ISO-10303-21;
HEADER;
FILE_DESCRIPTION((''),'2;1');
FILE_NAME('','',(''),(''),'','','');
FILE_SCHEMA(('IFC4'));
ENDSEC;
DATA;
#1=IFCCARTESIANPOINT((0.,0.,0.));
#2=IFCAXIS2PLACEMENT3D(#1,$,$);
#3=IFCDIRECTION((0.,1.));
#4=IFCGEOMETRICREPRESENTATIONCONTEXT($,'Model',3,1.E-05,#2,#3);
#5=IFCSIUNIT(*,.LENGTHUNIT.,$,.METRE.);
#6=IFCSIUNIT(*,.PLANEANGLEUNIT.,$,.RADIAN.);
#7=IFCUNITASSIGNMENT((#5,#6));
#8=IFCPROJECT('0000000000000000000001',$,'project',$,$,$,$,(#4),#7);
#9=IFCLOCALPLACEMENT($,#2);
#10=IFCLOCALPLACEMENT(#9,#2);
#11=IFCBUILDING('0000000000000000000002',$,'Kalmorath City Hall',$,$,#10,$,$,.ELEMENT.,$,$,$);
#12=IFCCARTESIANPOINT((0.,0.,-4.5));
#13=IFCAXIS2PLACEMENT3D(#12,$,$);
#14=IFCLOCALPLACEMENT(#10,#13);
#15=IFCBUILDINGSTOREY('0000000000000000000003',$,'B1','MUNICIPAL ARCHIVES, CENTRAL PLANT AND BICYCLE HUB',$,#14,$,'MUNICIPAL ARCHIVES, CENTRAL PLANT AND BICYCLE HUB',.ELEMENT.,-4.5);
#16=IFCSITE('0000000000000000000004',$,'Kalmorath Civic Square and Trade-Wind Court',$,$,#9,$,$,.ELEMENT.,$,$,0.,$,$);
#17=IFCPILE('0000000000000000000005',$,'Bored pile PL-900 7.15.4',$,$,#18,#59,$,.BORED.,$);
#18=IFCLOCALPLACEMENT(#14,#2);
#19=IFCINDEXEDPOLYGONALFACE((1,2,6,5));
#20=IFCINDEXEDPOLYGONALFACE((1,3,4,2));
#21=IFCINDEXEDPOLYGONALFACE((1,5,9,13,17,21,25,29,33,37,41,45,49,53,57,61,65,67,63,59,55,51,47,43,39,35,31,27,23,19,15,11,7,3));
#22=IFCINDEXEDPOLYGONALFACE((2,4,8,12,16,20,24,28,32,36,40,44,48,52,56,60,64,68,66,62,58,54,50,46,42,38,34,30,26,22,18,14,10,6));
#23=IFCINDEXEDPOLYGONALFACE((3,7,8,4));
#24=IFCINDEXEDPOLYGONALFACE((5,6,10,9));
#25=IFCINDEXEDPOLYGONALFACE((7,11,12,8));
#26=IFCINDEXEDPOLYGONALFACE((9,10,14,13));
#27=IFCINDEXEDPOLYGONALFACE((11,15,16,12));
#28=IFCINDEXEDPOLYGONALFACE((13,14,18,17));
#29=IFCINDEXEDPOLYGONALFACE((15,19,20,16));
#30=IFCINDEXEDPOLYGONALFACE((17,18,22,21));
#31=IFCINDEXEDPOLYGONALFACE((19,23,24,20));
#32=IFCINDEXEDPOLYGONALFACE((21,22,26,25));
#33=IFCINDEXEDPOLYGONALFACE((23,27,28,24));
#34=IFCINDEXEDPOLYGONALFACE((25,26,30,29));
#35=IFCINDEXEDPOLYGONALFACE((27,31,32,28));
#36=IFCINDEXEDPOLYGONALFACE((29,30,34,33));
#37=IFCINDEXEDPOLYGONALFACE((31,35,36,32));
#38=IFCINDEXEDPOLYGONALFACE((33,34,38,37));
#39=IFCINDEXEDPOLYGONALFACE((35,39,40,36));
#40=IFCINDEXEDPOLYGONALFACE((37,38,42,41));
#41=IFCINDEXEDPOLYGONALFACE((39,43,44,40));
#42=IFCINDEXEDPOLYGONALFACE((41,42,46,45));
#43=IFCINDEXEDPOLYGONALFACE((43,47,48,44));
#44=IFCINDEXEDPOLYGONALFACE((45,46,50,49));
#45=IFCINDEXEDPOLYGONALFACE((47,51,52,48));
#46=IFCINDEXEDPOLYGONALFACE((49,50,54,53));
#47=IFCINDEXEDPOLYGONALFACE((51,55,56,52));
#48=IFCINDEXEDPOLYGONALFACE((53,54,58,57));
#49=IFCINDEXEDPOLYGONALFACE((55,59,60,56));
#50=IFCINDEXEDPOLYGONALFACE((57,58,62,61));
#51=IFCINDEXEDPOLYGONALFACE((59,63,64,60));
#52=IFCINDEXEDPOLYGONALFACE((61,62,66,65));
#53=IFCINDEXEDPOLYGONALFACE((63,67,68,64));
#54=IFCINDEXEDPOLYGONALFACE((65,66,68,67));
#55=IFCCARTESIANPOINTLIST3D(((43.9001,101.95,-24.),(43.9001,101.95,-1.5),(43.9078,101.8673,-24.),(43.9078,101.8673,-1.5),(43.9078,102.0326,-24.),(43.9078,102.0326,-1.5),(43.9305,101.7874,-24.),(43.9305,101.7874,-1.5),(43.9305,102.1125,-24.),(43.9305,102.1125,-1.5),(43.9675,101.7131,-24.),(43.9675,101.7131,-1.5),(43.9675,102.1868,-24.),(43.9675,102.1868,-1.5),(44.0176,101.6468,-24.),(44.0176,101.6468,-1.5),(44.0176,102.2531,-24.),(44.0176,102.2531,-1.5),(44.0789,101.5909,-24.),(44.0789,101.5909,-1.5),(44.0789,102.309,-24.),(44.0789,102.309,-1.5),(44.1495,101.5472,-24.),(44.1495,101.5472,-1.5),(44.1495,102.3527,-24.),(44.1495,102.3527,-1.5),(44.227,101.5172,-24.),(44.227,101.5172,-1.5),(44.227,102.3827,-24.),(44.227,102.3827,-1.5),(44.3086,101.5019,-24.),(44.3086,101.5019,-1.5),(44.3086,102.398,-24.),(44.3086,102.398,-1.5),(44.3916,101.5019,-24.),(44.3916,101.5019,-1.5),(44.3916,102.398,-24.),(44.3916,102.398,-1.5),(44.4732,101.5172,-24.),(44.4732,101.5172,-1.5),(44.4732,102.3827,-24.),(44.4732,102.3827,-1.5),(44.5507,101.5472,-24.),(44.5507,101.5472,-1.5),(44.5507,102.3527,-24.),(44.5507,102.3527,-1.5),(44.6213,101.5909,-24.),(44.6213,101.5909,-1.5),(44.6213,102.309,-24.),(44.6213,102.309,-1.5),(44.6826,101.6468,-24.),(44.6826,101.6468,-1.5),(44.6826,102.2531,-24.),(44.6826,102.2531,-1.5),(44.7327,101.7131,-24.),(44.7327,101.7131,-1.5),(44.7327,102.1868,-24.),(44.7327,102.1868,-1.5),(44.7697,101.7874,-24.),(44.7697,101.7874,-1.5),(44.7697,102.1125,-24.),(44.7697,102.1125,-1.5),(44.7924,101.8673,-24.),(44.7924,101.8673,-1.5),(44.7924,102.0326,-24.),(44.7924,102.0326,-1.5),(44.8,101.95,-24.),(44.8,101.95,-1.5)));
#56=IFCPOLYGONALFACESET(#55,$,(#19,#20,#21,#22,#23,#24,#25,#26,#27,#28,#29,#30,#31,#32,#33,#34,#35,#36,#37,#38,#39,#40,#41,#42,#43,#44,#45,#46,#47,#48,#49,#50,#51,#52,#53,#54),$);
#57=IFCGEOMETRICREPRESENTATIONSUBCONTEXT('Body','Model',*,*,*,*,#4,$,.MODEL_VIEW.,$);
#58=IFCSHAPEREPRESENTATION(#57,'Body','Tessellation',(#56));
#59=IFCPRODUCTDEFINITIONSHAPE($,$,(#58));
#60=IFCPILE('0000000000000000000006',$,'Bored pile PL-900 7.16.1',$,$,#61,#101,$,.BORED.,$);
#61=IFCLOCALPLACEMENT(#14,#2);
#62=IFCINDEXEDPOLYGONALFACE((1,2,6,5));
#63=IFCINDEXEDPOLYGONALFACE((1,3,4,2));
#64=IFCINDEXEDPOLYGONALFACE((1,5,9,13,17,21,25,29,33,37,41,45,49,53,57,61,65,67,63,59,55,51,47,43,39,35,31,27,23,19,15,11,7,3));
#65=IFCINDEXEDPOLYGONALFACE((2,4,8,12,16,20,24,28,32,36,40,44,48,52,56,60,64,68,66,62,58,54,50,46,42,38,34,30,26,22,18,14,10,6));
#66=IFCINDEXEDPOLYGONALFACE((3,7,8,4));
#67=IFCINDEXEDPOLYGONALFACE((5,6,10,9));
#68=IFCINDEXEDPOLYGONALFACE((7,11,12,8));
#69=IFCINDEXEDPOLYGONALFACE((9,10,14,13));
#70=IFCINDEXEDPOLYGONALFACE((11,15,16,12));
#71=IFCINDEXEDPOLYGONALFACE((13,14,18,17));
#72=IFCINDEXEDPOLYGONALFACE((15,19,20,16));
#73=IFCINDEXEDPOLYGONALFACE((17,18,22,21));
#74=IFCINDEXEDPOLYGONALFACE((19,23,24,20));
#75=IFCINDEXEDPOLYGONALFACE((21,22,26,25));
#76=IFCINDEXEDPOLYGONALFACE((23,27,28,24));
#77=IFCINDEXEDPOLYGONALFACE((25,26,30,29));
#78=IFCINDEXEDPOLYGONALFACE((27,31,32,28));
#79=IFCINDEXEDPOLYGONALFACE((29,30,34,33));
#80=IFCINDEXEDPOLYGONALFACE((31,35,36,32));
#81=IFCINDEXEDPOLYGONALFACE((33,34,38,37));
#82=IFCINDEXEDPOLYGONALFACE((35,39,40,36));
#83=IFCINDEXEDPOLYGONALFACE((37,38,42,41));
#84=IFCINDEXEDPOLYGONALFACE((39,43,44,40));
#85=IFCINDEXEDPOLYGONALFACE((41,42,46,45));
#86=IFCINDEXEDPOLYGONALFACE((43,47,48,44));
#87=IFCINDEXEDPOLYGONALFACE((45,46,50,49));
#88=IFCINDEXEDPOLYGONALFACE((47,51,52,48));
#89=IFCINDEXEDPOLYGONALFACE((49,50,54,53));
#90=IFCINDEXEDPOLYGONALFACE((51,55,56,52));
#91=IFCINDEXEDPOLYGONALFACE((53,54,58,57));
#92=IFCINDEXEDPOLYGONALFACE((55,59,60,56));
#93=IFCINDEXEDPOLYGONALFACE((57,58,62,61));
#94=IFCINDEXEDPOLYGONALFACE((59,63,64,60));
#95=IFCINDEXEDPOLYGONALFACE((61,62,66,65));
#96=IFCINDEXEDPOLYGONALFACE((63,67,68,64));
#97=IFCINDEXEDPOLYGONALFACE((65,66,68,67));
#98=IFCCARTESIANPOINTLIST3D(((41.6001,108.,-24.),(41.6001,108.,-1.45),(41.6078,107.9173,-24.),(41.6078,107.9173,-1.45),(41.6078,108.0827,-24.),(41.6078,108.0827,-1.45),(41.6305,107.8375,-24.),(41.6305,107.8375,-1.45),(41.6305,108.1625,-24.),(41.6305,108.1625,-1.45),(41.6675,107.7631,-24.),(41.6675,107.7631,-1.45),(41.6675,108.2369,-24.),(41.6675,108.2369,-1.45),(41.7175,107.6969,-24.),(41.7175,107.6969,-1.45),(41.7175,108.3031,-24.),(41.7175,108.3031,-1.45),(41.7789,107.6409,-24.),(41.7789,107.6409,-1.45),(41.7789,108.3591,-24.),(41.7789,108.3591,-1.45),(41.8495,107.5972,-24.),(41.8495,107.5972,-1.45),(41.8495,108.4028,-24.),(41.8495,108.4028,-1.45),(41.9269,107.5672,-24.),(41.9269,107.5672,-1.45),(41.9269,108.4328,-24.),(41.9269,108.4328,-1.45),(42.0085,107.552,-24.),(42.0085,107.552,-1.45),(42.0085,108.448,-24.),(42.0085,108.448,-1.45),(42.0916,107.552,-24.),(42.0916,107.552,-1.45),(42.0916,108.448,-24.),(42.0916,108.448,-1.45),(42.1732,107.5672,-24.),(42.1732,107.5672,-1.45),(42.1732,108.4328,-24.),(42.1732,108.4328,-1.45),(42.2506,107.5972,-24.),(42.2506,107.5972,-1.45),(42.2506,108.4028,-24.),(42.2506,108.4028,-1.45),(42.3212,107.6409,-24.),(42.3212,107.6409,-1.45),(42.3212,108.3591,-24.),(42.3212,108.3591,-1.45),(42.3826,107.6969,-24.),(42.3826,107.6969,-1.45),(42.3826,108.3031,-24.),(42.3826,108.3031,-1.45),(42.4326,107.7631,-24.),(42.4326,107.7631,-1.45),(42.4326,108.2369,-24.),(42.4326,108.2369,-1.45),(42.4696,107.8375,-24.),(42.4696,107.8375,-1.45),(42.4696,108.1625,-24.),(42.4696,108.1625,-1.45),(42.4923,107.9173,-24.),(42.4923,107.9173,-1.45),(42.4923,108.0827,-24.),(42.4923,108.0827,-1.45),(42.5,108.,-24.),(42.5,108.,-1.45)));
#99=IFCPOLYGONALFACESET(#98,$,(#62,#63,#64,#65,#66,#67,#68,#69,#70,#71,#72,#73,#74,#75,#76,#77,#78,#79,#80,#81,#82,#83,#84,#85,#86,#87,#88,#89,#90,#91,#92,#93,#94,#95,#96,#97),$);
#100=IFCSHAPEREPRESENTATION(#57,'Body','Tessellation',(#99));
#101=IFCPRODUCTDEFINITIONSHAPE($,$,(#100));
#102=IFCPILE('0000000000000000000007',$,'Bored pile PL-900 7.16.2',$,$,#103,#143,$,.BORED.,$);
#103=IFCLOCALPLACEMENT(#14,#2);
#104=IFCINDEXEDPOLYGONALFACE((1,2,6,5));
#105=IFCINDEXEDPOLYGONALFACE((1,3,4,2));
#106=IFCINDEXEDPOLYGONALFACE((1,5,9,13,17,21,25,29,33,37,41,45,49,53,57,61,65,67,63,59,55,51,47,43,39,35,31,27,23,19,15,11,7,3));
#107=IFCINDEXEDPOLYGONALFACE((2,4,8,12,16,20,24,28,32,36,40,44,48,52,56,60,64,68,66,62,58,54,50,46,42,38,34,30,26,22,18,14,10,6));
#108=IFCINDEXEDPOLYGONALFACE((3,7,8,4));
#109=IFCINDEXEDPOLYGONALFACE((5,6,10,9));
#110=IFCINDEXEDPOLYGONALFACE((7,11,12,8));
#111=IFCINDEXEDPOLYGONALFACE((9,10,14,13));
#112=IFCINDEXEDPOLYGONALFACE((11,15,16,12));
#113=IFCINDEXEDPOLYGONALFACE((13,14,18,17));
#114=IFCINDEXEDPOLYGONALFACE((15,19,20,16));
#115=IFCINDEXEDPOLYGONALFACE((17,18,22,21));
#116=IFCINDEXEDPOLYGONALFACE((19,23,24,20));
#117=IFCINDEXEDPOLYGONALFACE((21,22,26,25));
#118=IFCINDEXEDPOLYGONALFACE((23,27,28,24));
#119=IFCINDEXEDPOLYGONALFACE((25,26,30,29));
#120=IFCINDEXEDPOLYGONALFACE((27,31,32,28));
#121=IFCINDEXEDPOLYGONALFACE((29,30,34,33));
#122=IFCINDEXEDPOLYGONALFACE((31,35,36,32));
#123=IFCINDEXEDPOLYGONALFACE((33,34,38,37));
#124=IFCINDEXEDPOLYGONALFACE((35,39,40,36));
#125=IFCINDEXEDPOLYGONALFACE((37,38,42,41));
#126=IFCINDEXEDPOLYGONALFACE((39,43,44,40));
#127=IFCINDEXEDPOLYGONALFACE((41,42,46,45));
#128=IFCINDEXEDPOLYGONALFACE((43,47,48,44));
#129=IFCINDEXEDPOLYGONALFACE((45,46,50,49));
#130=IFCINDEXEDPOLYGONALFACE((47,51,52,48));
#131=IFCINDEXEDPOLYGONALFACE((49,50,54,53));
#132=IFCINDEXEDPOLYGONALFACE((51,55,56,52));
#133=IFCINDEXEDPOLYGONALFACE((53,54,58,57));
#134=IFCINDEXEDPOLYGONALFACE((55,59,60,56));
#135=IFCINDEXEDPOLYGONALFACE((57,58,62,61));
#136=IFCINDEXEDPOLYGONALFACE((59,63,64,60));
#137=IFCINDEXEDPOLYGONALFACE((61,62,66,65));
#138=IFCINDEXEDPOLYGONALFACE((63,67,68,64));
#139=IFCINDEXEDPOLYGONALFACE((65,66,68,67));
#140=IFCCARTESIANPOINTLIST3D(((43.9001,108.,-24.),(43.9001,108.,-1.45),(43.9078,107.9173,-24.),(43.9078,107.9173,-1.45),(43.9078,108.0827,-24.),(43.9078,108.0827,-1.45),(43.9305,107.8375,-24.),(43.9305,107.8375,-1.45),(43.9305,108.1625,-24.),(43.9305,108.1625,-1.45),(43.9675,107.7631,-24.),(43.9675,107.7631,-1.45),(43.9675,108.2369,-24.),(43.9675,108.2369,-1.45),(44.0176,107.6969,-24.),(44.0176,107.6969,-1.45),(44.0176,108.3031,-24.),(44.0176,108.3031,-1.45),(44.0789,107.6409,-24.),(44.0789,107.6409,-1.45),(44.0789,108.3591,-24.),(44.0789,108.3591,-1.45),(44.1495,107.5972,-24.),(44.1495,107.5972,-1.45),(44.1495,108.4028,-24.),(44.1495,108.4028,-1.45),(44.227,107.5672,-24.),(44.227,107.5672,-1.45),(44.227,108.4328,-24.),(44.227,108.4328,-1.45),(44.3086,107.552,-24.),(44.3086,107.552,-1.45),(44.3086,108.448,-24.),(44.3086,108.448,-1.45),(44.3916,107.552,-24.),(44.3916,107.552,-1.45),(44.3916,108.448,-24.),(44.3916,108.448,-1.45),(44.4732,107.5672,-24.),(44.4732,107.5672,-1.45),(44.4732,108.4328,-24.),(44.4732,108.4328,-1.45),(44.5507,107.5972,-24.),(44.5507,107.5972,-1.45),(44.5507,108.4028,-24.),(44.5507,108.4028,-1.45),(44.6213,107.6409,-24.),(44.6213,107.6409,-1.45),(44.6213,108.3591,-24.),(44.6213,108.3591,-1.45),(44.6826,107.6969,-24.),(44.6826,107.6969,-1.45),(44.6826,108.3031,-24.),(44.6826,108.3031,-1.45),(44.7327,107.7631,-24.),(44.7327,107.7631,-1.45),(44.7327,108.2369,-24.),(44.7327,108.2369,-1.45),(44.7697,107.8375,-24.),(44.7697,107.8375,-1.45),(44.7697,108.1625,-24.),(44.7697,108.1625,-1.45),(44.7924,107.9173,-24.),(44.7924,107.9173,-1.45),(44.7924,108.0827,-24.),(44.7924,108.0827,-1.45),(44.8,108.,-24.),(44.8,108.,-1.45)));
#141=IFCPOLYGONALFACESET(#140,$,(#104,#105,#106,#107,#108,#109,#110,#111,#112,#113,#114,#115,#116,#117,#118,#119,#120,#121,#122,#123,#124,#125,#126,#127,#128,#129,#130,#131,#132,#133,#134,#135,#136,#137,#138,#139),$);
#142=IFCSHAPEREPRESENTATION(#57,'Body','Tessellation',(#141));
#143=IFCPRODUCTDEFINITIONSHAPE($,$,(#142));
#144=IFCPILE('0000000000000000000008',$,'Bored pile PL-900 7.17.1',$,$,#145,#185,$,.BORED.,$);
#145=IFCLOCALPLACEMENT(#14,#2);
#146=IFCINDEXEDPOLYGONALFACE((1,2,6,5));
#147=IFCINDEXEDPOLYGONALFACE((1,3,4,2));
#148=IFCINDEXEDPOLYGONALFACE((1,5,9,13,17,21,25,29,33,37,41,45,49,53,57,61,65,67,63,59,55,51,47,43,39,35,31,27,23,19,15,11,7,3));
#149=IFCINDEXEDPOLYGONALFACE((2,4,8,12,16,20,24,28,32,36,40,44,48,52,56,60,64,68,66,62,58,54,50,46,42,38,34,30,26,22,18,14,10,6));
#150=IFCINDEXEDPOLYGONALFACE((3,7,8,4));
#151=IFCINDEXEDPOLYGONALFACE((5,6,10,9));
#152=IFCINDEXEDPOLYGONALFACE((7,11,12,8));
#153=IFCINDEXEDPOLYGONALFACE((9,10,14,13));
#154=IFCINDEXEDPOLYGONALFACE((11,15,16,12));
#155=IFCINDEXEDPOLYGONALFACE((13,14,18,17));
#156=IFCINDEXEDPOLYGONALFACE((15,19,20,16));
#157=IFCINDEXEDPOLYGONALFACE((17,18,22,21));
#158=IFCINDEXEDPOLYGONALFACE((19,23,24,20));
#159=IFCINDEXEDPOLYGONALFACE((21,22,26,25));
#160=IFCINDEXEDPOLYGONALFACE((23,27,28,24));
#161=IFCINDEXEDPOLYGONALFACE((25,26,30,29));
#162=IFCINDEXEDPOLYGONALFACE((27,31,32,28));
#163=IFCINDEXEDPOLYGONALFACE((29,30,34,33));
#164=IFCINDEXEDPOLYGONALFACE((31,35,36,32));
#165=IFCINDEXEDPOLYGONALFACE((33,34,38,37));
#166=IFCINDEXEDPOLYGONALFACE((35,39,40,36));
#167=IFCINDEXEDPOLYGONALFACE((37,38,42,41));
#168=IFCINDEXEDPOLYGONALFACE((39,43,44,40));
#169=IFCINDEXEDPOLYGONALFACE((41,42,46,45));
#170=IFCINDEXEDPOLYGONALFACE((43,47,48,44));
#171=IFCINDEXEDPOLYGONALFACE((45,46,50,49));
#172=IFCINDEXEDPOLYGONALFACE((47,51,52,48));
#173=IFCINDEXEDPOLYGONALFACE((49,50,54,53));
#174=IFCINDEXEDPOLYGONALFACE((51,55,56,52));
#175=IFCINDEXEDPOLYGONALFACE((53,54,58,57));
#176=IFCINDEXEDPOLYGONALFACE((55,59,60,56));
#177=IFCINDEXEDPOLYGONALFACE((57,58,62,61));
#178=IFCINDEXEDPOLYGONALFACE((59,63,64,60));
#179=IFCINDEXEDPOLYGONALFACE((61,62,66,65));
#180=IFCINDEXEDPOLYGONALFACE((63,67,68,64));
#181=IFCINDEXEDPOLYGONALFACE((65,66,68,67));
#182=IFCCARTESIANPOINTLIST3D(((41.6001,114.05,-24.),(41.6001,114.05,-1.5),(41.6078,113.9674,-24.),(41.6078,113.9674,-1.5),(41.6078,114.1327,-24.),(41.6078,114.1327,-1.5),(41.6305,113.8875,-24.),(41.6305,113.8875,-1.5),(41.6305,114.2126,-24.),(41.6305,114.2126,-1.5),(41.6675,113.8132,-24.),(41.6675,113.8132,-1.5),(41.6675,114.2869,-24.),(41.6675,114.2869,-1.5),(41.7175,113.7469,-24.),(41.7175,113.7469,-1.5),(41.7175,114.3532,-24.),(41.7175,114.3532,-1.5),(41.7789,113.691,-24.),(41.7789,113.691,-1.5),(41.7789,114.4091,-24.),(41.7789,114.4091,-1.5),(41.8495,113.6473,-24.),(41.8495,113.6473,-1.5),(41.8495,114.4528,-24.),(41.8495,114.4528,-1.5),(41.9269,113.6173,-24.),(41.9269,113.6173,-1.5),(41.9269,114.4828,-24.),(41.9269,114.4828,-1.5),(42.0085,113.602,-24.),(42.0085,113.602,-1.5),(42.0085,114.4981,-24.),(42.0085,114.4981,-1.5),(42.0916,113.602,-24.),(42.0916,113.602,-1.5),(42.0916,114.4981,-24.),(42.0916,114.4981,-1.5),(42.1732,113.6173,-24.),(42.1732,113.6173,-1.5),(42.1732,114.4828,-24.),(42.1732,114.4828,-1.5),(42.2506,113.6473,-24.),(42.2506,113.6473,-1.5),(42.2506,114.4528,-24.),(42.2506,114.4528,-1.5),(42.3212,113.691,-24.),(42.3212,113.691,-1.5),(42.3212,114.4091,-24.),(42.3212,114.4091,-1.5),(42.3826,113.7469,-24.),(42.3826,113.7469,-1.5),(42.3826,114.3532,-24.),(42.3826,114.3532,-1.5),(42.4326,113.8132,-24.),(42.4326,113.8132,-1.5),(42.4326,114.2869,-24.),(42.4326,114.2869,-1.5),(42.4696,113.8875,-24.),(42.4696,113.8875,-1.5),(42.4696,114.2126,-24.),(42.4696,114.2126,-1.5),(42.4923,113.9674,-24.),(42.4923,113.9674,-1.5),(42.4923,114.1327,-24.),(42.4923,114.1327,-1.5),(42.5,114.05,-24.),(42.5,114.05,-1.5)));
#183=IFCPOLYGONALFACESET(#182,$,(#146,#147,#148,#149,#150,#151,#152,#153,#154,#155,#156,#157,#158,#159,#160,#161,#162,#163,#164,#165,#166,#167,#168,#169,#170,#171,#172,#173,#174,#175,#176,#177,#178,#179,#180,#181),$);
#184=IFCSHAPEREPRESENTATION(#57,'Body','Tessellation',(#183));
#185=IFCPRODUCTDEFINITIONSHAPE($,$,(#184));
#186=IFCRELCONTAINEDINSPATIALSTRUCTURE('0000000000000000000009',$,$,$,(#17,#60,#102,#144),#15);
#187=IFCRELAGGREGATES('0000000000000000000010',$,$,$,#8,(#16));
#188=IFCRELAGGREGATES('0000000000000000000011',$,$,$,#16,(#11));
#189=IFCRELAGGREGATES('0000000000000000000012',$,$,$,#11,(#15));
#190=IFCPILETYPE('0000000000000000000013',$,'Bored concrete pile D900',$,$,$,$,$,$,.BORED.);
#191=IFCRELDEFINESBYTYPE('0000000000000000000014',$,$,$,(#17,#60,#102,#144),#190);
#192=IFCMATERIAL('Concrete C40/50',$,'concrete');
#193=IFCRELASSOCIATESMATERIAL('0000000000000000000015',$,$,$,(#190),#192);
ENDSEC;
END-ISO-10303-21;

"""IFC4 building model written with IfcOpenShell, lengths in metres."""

from ifc_helpers import new_model, si_unit, direction, frame, origin, origin_2d, place, context, subcontext, project, spatial, circle, extrude, material, material_profile, profile_set, type_object, element, save


model = new_model("IFC4")

# Units and contexts
model_context = context("Model", 3, precision=1e-05, world=origin(), true_north=direction((0.0, 1.0)))
body_context = subcontext(model_context, "Body", "Model", "MODEL_VIEW")
ifc_project = project(units=[si_unit("LENGTHUNIT", "METRE"), si_unit("PLANEANGLEUNIT", "RADIAN")], contexts=[model_context])

# Site, building, storey
site_placement = place(None, origin())
site = spatial("IfcSite", under=ifc_project, at=site_placement, Name="Kalmorath Civic Square and Trade-Wind Court", CompositionType="ELEMENT", RefElevation=0.0)
building_placement = place(site_placement, origin())
building = spatial("IfcBuilding", under=site, at=building_placement, Name="Kalmorath City Hall", CompositionType="ELEMENT")
storey_placement = place(building_placement, frame((0.0, 0.0, -4.5)))
storey = spatial("IfcBuildingStorey", under=building, at=storey_placement, Name="B1", Description="MUNICIPAL ARCHIVES, CENTRAL PLANT AND BICYCLE HUB", LongName="MUNICIPAL ARCHIVES, CENTRAL PLANT AND BICYCLE HUB", CompositionType="ELEMENT", Elevation=-4.5)

# Piles
ifc_material_1 = material(Name="Concrete C40/50", Category="concrete")
ifc_material_profile_1 = material_profile(ifc_material_1, circle(Radius=0.45, at=origin_2d()), Name="PILE-D900")
ifc_profile_set_1 = profile_set([ifc_material_profile_1], Name="Concrete C40/50")
pile_type = type_object("IfcPileType", Name="Bored concrete pile D900", PredefinedType="BORED", material=ifc_profile_set_1)
for number, where, z_axis, x_axis, name in (
    (1, (44.3501, 101.95, -1.5), (0.0, 0.0, -1.0), (1.0, 0.0, 0.0), "Bored pile PL-900 7.15.4"),
):
    element("IfcPile", number, at=place(storey_placement, frame(where, z_axis=z_axis, x_axis=x_axis)), inside=storey, type_object=pile_type, Name=name, PredefinedType="BORED", context=body_context, shape_type="SweptSolid", body=[
        extrude(circle(Radius=0.45, at=origin_2d()), origin(), (0.0, 0.0, 1.0), 22.5),
    ])
for number, where, z_axis, x_axis, name in (
    (2, (42.05, 108.0, -1.45), (0.0, 0.0, -1.0), (1.0, 0.0, 0.0), "Bored pile PL-900 7.16.1"),
    (3, (44.3501, 108.0, -1.45), (0.0, 0.0, -1.0), (1.0, 0.0, 0.0), "Bored pile PL-900 7.16.2"),
):
    element("IfcPile", number, at=place(storey_placement, frame(where, z_axis=z_axis, x_axis=x_axis)), inside=storey, type_object=pile_type, Name=name, PredefinedType="BORED", context=body_context, shape_type="SweptSolid", body=[
        extrude(circle(Radius=0.45, at=origin_2d()), origin(), (0.0, 0.0, 1.0), 22.55),
    ])
for number, where, z_axis, x_axis, name in (
    (4, (42.05, 114.05, -1.5), (0.0, 0.0, -1.0), (1.0, 0.0, 0.0), "Bored pile PL-900 7.17.1"),
):
    element("IfcPile", number, at=place(storey_placement, frame(where, z_axis=z_axis, x_axis=x_axis)), inside=storey, type_object=pile_type, Name=name, PredefinedType="BORED", context=body_context, shape_type="SweptSolid", body=[
        extrude(circle(Radius=0.45, at=origin_2d()), origin(), (0.0, 0.0, 1.0), 22.5),
    ])

save(model, "model.ifc")
